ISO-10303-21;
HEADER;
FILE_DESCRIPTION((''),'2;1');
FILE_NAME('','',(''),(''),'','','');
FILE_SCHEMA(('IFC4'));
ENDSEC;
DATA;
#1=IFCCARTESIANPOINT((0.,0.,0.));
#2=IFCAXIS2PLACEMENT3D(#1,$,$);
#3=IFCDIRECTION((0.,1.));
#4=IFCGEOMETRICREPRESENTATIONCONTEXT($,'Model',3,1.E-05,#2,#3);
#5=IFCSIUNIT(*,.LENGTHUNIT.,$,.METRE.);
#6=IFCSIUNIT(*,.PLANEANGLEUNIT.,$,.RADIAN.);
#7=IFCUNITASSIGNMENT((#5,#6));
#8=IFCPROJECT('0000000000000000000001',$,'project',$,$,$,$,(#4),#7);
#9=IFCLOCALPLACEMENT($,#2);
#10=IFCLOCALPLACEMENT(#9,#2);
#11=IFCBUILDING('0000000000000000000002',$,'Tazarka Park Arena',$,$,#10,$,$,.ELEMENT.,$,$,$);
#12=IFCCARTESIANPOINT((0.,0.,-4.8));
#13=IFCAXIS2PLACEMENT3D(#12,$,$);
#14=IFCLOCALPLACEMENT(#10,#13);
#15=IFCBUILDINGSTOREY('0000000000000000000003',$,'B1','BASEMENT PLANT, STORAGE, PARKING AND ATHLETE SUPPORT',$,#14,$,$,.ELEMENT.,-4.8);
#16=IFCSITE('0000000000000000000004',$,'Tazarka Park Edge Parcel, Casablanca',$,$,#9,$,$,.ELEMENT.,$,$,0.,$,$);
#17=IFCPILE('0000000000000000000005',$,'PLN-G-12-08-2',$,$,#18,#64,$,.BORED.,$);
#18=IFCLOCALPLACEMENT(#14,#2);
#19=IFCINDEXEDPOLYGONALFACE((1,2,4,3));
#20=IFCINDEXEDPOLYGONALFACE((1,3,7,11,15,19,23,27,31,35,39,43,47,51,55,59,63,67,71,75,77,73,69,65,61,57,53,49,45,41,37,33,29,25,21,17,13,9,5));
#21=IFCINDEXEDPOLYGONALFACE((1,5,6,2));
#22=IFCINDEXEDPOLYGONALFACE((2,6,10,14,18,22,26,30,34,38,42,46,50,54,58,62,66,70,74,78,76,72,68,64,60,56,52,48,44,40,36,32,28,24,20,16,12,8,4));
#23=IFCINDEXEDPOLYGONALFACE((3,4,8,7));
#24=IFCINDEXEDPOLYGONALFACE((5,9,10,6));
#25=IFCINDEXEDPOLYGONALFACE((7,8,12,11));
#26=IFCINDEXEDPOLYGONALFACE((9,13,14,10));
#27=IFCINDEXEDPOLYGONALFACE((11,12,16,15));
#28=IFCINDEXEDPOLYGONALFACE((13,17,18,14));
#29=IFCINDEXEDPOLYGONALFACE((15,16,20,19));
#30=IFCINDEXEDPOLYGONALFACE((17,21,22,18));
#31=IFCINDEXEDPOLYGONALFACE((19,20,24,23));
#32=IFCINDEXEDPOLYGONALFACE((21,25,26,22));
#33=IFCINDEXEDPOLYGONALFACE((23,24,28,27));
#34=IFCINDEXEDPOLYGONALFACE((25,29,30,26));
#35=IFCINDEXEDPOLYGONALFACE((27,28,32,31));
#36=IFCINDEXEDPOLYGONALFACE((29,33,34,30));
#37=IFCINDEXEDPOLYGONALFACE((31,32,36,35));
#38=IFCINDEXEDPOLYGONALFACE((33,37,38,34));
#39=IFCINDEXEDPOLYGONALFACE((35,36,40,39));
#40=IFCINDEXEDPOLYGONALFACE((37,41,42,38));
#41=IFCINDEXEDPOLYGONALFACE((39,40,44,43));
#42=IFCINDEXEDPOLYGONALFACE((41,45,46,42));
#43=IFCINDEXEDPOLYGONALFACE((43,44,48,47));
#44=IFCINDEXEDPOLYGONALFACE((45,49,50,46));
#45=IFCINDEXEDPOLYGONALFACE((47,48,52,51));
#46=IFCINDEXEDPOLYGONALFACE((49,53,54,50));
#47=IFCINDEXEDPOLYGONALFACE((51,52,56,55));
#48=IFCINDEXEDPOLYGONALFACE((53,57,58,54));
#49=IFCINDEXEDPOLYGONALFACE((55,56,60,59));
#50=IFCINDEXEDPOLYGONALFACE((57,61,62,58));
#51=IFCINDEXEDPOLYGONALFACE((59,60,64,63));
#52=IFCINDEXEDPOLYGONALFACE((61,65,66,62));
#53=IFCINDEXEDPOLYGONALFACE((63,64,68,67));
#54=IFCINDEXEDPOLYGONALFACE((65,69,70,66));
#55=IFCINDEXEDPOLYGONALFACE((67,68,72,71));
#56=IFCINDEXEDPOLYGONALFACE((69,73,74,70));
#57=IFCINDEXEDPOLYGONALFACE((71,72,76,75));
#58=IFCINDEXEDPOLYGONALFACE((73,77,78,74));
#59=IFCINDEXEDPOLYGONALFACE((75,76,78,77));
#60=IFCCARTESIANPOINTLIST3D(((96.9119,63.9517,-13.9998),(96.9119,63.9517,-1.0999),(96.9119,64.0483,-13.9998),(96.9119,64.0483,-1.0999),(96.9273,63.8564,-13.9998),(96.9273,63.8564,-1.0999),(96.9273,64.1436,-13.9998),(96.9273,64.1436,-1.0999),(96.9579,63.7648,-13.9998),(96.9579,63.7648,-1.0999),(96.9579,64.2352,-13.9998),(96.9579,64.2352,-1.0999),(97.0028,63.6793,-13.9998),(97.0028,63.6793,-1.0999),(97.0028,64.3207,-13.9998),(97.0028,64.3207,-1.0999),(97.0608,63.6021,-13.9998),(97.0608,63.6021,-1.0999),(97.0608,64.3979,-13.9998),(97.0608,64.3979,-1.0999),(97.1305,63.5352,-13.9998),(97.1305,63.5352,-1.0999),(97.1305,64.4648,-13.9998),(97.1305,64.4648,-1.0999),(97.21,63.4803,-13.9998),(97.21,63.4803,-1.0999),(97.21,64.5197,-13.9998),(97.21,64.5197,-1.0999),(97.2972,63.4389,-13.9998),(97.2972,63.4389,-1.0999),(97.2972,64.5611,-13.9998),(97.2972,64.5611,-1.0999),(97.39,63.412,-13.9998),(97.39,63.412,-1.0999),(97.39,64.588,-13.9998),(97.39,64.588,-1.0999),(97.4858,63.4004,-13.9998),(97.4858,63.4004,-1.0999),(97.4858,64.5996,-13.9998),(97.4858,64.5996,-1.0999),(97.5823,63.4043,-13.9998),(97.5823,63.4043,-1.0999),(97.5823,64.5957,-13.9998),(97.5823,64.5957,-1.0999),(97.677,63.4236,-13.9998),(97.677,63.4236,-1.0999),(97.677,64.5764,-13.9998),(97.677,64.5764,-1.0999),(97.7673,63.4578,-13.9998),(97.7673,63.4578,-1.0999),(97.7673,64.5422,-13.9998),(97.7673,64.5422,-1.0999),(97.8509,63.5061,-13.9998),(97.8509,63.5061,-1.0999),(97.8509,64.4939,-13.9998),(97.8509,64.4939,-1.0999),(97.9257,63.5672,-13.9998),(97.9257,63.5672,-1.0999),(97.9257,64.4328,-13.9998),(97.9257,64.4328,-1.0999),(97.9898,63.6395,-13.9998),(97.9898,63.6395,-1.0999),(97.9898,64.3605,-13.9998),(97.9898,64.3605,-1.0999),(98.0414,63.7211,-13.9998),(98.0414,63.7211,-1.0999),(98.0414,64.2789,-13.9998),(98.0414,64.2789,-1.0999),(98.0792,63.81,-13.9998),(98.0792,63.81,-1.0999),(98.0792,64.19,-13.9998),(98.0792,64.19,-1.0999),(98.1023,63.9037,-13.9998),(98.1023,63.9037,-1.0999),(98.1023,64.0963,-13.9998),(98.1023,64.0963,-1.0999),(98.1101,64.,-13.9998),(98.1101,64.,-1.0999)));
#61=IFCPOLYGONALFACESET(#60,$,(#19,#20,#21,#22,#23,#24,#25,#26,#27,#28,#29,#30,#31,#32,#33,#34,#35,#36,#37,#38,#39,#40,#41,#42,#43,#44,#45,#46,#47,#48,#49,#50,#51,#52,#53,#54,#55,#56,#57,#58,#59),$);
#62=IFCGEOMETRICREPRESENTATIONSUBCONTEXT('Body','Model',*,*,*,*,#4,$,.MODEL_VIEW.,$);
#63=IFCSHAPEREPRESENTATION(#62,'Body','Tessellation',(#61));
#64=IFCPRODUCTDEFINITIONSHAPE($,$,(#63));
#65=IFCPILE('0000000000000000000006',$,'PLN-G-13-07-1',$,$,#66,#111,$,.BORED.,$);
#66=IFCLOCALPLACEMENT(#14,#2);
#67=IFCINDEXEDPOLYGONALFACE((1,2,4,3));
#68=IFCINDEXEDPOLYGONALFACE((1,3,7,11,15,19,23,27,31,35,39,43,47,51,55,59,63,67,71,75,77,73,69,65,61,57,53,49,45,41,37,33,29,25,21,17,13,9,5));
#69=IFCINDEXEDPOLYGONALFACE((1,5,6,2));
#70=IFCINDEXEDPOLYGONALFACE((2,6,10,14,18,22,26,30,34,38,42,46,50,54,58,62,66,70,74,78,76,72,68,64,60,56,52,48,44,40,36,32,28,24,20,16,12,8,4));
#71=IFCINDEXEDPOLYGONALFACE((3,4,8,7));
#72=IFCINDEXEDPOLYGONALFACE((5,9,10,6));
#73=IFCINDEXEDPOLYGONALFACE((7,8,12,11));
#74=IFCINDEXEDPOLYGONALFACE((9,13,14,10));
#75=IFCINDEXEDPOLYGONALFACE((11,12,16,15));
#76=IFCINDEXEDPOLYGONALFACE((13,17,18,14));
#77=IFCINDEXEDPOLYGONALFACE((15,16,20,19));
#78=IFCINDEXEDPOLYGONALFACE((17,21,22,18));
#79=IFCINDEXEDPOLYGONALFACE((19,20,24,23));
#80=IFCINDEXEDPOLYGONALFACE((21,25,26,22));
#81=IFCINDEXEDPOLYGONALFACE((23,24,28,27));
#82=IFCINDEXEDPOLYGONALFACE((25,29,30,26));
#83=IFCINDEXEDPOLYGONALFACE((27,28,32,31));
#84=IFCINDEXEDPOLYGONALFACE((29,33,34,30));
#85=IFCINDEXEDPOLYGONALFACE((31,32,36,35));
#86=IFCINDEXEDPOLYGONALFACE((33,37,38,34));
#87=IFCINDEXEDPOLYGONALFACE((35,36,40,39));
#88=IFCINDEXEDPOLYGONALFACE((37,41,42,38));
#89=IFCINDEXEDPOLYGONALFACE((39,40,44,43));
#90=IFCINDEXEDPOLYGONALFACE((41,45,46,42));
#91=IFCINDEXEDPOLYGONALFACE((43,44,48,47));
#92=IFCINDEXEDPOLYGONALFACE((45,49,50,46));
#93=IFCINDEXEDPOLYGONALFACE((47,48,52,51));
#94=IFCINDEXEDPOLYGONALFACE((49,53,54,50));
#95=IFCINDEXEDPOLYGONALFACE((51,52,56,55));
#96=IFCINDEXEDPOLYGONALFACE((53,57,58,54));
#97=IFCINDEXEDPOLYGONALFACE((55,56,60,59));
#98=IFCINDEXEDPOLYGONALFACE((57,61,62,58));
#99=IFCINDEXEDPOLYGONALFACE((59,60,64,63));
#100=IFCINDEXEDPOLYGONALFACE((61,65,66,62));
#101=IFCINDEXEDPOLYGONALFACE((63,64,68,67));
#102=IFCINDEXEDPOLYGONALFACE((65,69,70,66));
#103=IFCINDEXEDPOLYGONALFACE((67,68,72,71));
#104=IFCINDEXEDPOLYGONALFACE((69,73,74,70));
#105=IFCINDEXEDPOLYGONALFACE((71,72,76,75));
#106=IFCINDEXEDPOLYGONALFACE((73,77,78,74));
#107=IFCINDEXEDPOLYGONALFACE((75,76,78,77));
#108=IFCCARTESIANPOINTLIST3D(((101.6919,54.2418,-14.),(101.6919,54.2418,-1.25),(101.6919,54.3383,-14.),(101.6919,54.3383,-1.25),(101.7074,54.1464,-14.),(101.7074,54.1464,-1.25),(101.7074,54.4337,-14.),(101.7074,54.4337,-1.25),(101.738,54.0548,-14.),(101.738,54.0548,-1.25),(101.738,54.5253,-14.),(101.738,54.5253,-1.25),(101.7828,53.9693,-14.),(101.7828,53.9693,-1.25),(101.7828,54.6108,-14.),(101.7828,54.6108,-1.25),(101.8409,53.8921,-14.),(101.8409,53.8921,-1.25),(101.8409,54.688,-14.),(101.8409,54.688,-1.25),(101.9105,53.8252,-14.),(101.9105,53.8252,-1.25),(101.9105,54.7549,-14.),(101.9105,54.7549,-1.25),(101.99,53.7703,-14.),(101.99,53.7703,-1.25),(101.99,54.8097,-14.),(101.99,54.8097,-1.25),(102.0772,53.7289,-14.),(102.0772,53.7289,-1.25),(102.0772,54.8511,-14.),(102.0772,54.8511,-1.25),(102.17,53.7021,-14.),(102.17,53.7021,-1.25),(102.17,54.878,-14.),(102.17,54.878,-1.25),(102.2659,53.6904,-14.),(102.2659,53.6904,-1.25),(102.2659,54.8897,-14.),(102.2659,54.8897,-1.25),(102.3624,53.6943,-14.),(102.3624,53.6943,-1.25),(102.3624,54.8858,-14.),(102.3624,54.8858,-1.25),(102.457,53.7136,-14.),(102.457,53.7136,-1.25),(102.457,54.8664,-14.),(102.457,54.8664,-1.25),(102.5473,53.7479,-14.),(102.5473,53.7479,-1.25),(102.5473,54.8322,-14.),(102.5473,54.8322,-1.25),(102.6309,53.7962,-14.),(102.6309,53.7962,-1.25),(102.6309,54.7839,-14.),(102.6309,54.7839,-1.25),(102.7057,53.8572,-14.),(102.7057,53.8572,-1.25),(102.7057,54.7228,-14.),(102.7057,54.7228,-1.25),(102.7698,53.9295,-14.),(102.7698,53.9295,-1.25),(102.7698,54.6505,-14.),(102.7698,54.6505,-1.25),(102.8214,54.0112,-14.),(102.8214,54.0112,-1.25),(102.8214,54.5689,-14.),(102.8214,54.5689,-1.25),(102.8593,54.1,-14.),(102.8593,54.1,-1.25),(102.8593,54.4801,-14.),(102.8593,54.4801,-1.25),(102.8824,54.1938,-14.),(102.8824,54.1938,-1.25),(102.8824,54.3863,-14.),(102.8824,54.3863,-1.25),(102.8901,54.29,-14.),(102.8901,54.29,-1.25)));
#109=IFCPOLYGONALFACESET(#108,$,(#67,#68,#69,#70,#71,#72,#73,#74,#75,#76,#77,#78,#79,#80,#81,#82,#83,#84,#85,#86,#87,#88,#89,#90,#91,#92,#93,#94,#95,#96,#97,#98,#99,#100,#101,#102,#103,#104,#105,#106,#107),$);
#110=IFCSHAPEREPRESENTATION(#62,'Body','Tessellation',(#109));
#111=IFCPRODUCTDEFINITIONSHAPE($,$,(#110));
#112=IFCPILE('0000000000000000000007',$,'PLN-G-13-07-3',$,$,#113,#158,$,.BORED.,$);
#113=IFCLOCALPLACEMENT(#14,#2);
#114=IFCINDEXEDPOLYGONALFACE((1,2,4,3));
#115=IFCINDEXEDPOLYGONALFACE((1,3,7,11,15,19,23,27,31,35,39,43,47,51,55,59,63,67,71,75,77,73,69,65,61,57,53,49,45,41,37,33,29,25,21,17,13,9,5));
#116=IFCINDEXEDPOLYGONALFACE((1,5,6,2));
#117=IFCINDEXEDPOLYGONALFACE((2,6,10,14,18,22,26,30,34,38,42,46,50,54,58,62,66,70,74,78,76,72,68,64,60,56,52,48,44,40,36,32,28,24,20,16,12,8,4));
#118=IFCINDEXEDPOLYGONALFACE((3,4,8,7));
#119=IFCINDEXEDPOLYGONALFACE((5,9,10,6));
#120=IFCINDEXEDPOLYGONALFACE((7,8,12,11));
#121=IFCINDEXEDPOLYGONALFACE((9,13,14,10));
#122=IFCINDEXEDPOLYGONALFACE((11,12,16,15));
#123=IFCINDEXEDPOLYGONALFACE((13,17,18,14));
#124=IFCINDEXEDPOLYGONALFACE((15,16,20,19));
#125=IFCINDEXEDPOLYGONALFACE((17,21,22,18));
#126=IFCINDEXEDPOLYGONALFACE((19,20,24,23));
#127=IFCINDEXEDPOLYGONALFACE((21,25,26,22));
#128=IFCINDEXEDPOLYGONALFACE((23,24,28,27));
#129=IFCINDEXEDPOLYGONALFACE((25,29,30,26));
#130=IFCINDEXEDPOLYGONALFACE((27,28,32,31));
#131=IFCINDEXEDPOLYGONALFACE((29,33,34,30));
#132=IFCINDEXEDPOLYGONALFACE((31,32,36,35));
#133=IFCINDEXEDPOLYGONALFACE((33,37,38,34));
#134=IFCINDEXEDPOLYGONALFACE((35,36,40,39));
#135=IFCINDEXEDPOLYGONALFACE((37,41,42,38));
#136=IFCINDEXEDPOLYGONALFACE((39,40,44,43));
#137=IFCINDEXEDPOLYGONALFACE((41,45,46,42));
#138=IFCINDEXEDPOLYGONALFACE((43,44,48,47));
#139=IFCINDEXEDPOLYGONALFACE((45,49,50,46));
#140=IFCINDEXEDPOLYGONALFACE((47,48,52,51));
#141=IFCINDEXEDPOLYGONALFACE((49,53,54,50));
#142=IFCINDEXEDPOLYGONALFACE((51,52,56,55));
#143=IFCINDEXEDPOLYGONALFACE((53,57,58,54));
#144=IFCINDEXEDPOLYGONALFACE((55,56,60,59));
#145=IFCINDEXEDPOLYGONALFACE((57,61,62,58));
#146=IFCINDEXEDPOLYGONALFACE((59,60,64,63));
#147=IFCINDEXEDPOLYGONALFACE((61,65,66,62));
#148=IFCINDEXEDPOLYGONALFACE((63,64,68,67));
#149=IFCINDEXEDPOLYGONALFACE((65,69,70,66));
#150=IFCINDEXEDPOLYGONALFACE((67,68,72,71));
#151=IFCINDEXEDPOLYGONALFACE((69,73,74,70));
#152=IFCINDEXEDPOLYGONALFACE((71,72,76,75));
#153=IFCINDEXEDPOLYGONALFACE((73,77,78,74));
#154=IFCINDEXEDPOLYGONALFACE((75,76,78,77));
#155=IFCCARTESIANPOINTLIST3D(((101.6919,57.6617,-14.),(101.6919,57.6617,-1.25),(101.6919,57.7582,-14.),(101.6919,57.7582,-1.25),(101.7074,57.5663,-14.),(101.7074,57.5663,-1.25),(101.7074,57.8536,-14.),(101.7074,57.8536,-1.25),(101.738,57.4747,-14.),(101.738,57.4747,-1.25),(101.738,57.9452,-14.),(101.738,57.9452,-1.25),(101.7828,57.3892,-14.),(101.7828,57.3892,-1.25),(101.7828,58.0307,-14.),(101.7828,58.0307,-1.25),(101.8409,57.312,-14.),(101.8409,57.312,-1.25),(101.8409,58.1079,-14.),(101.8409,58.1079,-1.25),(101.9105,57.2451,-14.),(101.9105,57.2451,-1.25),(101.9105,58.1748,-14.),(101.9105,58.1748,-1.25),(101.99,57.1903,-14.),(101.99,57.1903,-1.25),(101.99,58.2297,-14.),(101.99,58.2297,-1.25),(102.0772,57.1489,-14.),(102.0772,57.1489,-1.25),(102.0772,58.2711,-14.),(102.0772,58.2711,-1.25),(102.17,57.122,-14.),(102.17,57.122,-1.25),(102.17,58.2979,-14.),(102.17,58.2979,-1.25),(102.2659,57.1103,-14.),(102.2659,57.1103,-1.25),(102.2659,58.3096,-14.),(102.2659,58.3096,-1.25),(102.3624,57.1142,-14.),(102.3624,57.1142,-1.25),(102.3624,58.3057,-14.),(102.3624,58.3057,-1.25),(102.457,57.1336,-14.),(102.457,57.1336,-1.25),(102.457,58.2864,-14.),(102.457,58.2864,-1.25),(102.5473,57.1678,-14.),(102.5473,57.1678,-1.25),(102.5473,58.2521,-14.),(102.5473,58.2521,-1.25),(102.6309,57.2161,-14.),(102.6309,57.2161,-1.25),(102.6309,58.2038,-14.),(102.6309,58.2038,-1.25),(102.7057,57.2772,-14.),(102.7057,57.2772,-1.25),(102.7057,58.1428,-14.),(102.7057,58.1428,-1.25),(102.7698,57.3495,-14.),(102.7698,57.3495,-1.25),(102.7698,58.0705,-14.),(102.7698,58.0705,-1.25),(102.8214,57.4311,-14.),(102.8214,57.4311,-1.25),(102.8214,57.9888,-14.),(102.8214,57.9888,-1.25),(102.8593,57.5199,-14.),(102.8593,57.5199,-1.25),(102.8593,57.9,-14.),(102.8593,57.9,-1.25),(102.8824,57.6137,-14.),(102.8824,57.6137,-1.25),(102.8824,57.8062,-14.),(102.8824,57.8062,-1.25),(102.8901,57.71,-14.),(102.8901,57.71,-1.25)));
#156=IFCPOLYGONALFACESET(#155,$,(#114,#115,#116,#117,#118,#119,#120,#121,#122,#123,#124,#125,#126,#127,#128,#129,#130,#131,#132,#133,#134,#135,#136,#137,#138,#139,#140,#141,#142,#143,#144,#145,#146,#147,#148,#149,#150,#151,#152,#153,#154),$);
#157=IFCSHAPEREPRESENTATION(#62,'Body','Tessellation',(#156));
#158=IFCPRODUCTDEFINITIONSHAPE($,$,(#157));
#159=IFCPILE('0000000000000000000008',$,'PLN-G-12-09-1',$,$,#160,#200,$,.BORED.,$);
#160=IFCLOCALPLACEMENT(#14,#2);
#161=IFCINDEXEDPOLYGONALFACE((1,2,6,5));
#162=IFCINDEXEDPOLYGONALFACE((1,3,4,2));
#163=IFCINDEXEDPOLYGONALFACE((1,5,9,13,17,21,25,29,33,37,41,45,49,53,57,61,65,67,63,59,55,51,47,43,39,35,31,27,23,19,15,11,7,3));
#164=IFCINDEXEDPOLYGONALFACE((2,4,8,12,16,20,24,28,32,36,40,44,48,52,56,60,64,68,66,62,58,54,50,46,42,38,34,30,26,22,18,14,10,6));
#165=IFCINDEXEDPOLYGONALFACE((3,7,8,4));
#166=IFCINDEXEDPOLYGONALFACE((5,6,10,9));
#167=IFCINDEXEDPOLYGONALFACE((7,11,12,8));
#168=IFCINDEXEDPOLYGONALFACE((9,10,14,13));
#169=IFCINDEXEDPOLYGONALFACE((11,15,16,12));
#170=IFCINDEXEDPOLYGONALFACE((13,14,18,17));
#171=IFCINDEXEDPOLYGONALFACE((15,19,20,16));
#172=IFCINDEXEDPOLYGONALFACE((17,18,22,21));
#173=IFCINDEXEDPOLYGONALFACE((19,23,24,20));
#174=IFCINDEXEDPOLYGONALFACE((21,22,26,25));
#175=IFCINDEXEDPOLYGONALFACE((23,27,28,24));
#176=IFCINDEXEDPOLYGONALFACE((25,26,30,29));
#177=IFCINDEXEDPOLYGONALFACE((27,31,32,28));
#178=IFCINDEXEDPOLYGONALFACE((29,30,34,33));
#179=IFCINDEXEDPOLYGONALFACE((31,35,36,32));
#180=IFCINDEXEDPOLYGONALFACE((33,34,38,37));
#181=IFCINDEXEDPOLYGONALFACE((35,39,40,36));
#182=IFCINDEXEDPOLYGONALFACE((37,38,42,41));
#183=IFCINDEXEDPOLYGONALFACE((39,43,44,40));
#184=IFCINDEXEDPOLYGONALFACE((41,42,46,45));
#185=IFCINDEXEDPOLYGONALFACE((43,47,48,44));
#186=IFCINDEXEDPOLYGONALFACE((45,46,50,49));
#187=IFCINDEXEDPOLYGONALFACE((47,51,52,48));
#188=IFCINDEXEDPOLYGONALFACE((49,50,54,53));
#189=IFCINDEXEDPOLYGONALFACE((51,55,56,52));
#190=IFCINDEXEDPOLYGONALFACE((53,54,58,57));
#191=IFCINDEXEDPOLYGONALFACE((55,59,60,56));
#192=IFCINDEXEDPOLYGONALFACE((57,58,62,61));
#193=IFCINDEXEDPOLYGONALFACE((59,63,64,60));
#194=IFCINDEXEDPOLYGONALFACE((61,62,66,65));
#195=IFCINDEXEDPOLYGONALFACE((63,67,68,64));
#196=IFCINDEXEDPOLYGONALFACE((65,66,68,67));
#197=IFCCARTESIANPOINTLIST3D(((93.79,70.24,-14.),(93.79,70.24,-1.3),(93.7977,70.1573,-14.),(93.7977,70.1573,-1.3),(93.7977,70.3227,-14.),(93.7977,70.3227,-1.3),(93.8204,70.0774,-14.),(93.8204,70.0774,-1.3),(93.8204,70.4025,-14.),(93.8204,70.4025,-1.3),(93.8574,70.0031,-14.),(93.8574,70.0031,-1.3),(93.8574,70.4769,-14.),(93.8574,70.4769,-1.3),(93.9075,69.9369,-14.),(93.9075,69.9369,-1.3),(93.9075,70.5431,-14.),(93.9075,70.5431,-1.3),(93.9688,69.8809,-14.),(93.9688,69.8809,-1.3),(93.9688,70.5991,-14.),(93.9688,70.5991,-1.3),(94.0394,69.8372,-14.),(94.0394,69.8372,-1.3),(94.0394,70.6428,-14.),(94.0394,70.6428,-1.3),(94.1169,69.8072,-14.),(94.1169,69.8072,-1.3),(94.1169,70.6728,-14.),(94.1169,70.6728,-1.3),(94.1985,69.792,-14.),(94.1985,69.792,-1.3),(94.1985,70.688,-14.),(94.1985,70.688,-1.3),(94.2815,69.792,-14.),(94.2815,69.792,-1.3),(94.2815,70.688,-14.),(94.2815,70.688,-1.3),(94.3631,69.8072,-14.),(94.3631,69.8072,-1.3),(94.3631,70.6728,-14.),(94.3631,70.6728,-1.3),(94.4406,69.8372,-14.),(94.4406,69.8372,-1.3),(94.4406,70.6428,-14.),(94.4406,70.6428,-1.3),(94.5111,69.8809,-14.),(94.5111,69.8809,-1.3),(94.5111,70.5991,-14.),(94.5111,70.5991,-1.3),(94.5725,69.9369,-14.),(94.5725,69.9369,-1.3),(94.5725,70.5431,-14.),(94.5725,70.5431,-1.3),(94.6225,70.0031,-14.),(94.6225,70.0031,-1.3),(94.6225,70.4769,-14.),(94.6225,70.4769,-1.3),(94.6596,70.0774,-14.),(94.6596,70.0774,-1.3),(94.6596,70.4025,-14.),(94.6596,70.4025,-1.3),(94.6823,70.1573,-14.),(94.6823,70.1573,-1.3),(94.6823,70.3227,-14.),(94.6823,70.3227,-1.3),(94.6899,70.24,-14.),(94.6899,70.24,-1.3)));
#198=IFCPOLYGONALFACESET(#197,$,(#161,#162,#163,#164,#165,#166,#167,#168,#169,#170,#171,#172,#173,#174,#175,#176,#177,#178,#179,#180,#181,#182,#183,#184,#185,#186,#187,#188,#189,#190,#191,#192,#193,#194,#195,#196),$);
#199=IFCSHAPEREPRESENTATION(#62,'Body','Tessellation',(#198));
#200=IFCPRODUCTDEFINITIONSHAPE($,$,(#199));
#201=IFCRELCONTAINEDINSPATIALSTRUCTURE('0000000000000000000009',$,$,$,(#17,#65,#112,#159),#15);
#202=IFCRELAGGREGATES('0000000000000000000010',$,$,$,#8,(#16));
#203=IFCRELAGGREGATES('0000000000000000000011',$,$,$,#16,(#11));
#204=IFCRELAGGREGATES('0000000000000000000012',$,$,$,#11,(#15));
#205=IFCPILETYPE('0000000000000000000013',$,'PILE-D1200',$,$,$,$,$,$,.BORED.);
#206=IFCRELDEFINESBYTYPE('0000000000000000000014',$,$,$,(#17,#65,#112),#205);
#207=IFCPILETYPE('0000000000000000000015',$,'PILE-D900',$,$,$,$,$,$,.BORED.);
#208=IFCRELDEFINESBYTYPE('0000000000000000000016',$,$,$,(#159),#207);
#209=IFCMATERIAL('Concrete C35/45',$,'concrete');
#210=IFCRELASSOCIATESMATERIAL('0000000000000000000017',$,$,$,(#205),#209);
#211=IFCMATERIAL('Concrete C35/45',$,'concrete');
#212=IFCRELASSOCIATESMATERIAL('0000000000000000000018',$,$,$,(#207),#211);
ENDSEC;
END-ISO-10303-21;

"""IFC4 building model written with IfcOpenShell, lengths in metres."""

from ifc_helpers import new_model, si_unit, direction, frame, origin, origin_2d, place, context, subcontext, project, spatial, circle, extrude, material, material_profile, profile_set, type_object, element, save


model = new_model("IFC4")

# Units and contexts
model_context = context("Model", 3, precision=1e-05, world=origin(), true_north=direction((0.0, 1.0)))
body_context = subcontext(model_context, "Body", "Model", "MODEL_VIEW")
ifc_project = project(units=[si_unit("LENGTHUNIT", "METRE"), si_unit("PLANEANGLEUNIT", "RADIAN")], contexts=[model_context])

# Site, building, storey
site_placement = place(None, origin())
site = spatial("IfcSite", under=ifc_project, at=site_placement, Name="Tazarka Park Edge Parcel, Casablanca", CompositionType="ELEMENT", RefElevation=0.0)
building_placement = place(site_placement, origin())
building = spatial("IfcBuilding", under=site, at=building_placement, Name="Tazarka Park Arena", CompositionType="ELEMENT")
storey_placement = place(building_placement, frame((0.0, 0.0, -4.8)))
storey = spatial("IfcBuildingStorey", under=building, at=storey_placement, Name="B1", Description="BASEMENT PLANT, STORAGE, PARKING AND ATHLETE SUPPORT", CompositionType="ELEMENT", Elevation=-4.8)

# Piles
ifc_material_1 = material(Name="Concrete C35/45", Category="concrete")
ifc_material_profile_1 = material_profile(ifc_material_1, circle(Radius=0.6001, at=origin_2d()), Name="Concrete C35/45")
ifc_profile_set_1 = profile_set([ifc_material_profile_1], Name="Concrete C35/45")
pile_type_1 = type_object("IfcPileType", Name="PILE-D1200", PredefinedType="BORED", material=ifc_profile_set_1)
for number, where, z_axis, x_axis, name in (
    (1, (97.51, 64.0, -1.0999), (0.0, 0.0, -1.0), (1.0, 0.0, 0.0), "PLN-G-12-08-2"),
):
    element("IfcPile", number, at=place(storey_placement, frame(where, z_axis=z_axis, x_axis=x_axis)), inside=storey, type_object=pile_type_1, Name=name, PredefinedType="BORED", context=body_context, shape_type="SweptSolid", body=[
        extrude(circle(Radius=0.6001, at=origin_2d()), origin(), (0.0, 0.0, 1.0), 12.8999),
    ])
for number, where, z_axis, x_axis, name in (
    (2, (102.29, 54.29, -1.25), (0.0, 0.0, -1.0), (1.0, 0.0, 0.0), "PLN-G-13-07-1"),
    (3, (102.29, 57.71, -1.25), (0.0, 0.0, -1.0), (1.0, 0.0, 0.0), "PLN-G-13-07-3"),
):
    element("IfcPile", number, at=place(storey_placement, frame(where, z_axis=z_axis, x_axis=x_axis)), inside=storey, type_object=pile_type_1, Name=name, PredefinedType="BORED", context=body_context, shape_type="SweptSolid", body=[
        extrude(circle(Radius=0.6001, at=origin_2d()), origin(), (0.0, 0.0, 1.0), 12.75),
    ])
ifc_material_2 = material(Name="Concrete C35/45", Category="concrete")
ifc_material_profile_2 = material_profile(ifc_material_2, circle(Radius=0.45, at=origin_2d()), Name="Concrete C35/45")
ifc_profile_set_2 = profile_set([ifc_material_profile_2], Name="Concrete C35/45")
pile_type_2 = type_object("IfcPileType", Name="PILE-D900", PredefinedType="BORED", material=ifc_profile_set_2)
for number, where, z_axis, x_axis, name in (
    (4, (94.24, 70.24, -1.3), (0.0, 0.0, -1.0), (1.0, 0.0, 0.0), "PLN-G-12-09-1"),
):
    element("IfcPile", number, at=place(storey_placement, frame(where, z_axis=z_axis, x_axis=x_axis)), inside=storey, type_object=pile_type_2, Name=name, PredefinedType="BORED", context=body_context, shape_type="SweptSolid", body=[
        extrude(circle(Radius=0.45, at=origin_2d()), origin(), (0.0, 0.0, 1.0), 12.7),
    ])

save(model, "model.ifc")
